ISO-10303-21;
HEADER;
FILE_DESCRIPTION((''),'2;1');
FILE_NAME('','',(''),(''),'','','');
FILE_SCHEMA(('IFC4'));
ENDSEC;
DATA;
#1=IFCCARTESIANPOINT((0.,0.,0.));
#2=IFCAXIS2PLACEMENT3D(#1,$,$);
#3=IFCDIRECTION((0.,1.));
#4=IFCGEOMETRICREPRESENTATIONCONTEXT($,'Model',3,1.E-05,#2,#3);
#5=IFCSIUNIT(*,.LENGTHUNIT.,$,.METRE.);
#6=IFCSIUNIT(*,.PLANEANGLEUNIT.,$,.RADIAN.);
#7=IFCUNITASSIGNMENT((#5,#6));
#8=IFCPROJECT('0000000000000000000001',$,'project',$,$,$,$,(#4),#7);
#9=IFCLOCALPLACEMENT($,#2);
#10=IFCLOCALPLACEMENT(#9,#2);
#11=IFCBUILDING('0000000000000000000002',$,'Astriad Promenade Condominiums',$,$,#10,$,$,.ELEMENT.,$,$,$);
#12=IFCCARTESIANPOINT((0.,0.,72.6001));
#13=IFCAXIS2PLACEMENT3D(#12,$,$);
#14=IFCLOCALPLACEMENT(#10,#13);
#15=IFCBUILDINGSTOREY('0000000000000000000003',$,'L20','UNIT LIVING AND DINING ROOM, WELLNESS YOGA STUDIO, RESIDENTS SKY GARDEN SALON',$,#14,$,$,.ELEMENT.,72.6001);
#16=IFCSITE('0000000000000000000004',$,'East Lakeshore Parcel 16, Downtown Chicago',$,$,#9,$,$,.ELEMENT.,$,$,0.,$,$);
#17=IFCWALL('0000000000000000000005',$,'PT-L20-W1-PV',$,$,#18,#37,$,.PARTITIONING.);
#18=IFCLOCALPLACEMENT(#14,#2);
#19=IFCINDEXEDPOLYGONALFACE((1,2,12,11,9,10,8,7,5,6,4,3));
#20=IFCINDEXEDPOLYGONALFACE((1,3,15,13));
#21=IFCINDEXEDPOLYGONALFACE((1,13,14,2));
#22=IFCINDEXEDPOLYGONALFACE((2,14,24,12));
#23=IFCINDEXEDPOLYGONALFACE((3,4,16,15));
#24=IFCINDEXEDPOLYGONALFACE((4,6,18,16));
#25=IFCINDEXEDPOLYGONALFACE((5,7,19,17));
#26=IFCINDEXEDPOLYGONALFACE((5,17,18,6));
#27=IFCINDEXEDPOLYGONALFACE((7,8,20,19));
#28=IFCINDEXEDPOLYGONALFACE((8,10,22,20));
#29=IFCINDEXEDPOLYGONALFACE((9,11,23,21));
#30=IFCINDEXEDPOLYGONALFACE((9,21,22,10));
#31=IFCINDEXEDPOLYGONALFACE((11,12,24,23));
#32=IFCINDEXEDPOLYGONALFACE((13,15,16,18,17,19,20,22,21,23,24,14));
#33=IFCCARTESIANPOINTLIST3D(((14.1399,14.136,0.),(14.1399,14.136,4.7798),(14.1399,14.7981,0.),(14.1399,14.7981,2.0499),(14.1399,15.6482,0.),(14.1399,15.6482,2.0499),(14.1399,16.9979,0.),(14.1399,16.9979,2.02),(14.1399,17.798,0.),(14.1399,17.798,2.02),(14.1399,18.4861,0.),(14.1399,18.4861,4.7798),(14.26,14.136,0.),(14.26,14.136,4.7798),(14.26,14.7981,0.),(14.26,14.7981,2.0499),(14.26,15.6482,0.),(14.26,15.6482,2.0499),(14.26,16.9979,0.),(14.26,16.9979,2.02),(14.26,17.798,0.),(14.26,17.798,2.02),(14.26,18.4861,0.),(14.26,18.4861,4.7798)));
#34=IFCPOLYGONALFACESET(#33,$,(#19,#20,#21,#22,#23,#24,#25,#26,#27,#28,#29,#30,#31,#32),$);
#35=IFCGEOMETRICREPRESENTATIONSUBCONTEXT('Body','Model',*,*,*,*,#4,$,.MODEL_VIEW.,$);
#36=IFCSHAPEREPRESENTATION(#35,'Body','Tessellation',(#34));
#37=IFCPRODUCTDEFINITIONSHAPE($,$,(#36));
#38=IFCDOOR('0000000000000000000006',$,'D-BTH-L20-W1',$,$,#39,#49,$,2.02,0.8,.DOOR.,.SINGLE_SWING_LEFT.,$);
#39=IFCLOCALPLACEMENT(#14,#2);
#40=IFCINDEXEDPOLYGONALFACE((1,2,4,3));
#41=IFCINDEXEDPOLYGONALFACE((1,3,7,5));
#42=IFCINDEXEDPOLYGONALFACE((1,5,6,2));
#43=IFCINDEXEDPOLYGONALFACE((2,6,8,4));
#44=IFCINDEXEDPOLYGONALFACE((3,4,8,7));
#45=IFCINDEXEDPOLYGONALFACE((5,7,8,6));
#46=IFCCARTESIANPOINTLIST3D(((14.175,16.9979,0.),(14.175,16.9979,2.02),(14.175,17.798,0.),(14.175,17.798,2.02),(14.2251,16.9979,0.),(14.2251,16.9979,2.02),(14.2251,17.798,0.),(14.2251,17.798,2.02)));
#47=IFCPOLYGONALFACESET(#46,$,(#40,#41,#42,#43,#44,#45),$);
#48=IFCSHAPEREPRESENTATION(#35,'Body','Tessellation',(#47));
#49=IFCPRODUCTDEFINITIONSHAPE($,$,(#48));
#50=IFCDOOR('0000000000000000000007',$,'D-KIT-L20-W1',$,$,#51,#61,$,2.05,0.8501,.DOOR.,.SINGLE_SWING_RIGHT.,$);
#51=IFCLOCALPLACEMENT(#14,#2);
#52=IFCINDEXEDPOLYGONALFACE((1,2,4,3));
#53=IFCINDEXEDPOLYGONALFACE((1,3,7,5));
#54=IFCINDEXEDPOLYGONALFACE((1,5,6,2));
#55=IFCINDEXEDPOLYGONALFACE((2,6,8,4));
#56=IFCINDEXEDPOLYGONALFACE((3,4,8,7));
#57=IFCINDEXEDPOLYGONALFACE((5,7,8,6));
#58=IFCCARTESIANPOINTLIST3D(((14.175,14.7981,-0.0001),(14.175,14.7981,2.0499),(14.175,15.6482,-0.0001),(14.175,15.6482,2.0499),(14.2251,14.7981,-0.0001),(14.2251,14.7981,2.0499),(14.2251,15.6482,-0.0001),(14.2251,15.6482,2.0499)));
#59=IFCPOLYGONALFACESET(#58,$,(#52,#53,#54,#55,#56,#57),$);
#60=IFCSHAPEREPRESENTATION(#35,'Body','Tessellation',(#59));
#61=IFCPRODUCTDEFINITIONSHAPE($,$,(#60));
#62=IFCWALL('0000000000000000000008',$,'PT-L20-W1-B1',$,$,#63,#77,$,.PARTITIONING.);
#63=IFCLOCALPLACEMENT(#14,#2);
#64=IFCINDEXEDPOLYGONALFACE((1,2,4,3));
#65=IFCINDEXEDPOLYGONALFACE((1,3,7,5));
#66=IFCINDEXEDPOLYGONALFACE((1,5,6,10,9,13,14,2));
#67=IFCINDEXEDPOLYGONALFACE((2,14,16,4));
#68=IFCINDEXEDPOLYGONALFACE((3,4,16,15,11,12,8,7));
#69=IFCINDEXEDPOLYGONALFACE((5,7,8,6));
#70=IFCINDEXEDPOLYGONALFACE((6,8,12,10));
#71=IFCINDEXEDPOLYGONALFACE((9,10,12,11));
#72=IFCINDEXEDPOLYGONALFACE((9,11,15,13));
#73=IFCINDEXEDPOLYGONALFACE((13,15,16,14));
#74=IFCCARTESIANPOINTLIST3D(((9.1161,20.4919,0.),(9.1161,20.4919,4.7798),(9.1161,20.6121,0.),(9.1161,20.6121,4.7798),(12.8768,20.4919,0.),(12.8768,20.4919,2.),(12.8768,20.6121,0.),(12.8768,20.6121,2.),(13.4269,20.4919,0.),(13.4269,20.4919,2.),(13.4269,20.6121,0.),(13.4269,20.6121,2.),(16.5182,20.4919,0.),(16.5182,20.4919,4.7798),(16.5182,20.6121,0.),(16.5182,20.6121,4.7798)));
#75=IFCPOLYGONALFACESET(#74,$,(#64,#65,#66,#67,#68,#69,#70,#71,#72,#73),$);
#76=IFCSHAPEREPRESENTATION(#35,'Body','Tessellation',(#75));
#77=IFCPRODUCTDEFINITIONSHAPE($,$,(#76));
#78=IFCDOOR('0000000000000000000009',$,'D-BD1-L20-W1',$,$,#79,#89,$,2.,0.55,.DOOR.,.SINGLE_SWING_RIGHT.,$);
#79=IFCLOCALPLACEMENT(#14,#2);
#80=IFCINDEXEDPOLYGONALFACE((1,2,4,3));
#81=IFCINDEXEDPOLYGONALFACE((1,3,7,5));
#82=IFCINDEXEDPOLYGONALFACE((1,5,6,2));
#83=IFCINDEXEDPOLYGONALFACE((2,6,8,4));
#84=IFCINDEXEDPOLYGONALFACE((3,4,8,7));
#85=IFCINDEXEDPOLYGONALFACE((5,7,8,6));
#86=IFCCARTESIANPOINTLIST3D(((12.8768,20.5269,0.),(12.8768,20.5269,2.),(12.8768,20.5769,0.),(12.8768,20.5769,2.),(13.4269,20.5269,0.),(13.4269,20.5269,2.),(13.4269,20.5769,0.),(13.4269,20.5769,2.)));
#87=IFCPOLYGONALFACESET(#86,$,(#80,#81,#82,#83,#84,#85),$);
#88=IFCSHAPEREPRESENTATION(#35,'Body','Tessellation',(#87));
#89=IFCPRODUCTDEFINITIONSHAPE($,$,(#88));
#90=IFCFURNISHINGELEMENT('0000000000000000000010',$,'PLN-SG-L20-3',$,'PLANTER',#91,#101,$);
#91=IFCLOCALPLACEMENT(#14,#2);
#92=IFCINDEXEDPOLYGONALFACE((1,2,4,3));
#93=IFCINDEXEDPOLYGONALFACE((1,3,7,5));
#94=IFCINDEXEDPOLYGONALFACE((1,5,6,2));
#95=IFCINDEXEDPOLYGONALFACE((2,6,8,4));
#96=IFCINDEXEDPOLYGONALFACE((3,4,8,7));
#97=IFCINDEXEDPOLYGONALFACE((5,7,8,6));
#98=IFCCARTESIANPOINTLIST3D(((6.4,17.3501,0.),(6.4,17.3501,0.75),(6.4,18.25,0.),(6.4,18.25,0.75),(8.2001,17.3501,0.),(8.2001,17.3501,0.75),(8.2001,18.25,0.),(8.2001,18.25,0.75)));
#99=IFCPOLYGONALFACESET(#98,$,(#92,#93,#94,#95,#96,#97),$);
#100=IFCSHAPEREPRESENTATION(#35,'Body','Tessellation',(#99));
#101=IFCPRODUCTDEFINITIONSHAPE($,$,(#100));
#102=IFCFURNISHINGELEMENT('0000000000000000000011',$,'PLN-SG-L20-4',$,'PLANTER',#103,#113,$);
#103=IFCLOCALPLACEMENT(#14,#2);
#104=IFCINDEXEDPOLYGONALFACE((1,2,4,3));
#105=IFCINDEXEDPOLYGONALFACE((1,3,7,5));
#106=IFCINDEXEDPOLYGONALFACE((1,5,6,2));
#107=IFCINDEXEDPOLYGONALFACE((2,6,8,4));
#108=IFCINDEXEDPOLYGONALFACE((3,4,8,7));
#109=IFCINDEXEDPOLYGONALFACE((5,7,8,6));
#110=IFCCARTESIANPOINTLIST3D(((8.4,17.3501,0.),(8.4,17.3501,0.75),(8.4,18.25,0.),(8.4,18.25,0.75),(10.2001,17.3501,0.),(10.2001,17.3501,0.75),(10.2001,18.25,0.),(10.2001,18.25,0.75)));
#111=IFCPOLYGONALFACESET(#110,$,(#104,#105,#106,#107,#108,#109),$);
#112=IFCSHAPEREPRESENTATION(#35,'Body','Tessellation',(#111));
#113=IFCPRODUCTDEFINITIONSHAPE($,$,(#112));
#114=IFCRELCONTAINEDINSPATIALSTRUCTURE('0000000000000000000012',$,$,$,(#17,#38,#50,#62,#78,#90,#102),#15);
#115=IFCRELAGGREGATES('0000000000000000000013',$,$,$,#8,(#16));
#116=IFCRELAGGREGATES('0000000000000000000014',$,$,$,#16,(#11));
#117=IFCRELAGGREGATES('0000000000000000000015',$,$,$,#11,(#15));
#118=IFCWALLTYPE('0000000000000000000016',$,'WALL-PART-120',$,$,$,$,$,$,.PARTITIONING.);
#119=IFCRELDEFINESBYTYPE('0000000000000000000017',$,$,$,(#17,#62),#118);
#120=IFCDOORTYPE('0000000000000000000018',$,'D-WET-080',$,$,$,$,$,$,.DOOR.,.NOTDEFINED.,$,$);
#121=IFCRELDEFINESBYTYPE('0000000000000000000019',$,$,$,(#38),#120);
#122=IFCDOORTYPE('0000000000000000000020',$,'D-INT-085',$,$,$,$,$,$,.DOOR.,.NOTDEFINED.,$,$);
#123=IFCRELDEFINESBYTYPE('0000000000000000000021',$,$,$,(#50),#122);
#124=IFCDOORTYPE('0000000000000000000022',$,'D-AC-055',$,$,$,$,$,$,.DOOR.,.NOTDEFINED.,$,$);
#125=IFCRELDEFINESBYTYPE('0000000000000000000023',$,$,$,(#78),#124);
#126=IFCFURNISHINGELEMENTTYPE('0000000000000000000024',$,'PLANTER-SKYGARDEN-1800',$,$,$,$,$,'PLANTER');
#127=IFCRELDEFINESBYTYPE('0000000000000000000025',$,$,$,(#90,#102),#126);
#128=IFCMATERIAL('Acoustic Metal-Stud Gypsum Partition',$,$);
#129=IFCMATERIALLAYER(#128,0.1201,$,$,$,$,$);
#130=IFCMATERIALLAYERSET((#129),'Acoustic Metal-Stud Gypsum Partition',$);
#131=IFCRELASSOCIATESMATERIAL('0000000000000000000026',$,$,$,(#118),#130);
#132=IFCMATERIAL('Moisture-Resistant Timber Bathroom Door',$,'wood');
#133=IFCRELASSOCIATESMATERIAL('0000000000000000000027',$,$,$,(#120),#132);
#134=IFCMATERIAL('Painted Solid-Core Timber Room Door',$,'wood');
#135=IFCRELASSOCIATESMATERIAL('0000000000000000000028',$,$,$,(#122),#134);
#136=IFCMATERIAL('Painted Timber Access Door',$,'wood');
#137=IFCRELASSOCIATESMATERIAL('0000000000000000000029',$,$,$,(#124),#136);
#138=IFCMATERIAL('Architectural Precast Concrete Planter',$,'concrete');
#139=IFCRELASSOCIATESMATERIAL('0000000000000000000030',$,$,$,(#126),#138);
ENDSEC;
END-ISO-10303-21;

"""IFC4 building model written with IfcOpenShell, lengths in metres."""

from ifc_helpers import new_model, si_unit, direction, frame, frame_2d, origin, origin_2d, place, context, subcontext, project, spatial, rectangle, extrude, source, transform, mapped, material, layer, layer_set, type_object, type_shapes, element, fill, save


model = new_model("IFC4")

# Units and contexts
model_context = context("Model", 3, precision=1e-05, world=origin(), true_north=direction((0.0, 1.0)))
body_context = subcontext(model_context, "Body", "Model", "MODEL_VIEW")
ifc_project = project(units=[si_unit("LENGTHUNIT", "METRE"), si_unit("PLANEANGLEUNIT", "RADIAN")], contexts=[model_context])

# Site, building, storey
site_placement = place(None, origin())
site = spatial("IfcSite", under=ifc_project, at=site_placement, Name="East Lakeshore Parcel 16, Downtown Chicago", CompositionType="ELEMENT", RefElevation=0.0)
building_placement = place(site_placement, origin())
building = spatial("IfcBuilding", under=site, at=building_placement, Name="Astriad Promenade Condominiums", CompositionType="ELEMENT")
storey_placement = place(building_placement, frame((0.0, 0.0, 72.6001)))
storey = spatial("IfcBuildingStorey", under=building, at=storey_placement, Name="L20", Description="UNIT LIVING AND DINING ROOM, WELLNESS YOGA STUDIO, RESIDENTS SKY GARDEN SALON", CompositionType="ELEMENT", Elevation=72.6001)

# Wall, openings, doors
ifc_material_1 = material(Name="Acoustic Metal-Stud Gypsum Partition")
ifc_layer_1 = layer(ifc_material_1, 0.1201)
ifc_layer_set_1 = layer_set([ifc_layer_1], Name="Acoustic Metal-Stud Gypsum Partition")
wall_type_1 = type_object("IfcWallType", Name="WALL-PART-120", PredefinedType="PARTITIONING", material=ifc_layer_set_1)
wall_1_placement = place(storey_placement, frame((14.2, 14.136, 0.0), z_axis=(0.0, 0.0, 1.0), x_axis=(0.0, 1.0, 0.0)))
wall_1 = element("IfcWall", 1, at=wall_1_placement, inside=storey, type_object=wall_type_1, Name="PT-L20-W1-PV", PredefinedType="PARTITIONING", context=body_context, shape_type="SweptSolid", body=[
    extrude(rectangle(XDim=4.3501, YDim=0.1201, at=frame_2d((2.175, 0.0))), origin(), (0.0, 0.0, 1.0), 4.7798),
])
opening_1_placement = place(wall_1_placement, frame((0.6621, 0.0, 0.0)))
opening_1 = element("IfcOpeningElement", 2, at=opening_1_placement, cuts=wall_1, PredefinedType="OPENING", context=body_context, shape_type="SweptSolid", body=[
    extrude(rectangle(XDim=0.8501, YDim=2.05, at=frame_2d((0.425, 1.0249))), frame((0.0, 0.0701, 0.0), z_axis=(0.0, -1.0, 0.0), x_axis=(1.0, 0.0, 0.0)), (0.0, 0.0, 1.0), 0.1401),
])
opening_2_placement = place(wall_1_placement, frame((2.8621, 0.0, 0.0)))
opening_2 = element("IfcOpeningElement", 3, at=opening_2_placement, cuts=wall_1, PredefinedType="OPENING", context=body_context, shape_type="SweptSolid", body=[
    extrude(rectangle(XDim=0.8, YDim=2.02, at=frame_2d((0.3999, 1.01))), frame((0.0, 0.0701, 0.0), z_axis=(0.0, -1.0, 0.0), x_axis=(1.0, 0.0, 0.0)), (0.0, 0.0, 1.0), 0.1401),
])
ifc_material_2 = material(Name="Moisture-Resistant Timber Bathroom Door", Category="wood")
door_type_1 = type_object("IfcDoorType", Name="D-WET-080", OperationType="NOTDEFINED", PredefinedType="DOOR", material=ifc_material_2)
shared_shape_1 = source(origin(), body_context, "Body", "SweptSolid", [
    extrude(rectangle(XDim=0.8, YDim=2.02, at=frame_2d((0.3999, 1.01))), frame((0.0, 0.0249, 0.0), z_axis=(0.0, -1.0, 0.0), x_axis=(1.0, 0.0, 0.0)), (0.0, 0.0, 1.0), 0.05),
])
type_shapes(door_type_1, [shared_shape_1])
door_1_placement = place(opening_2_placement, origin())
door_1 = element("IfcDoor", 4, at=door_1_placement, inside=storey, type_object=door_type_1, Name="D-BTH-L20-W1", OperationType="SINGLE_SWING_LEFT", OverallHeight=2.02, OverallWidth=0.8, PredefinedType="DOOR", context=body_context, shape_type="MappedRepresentation", body=[
    mapped(shared_shape_1, transform((0.0, 0.0, 0.0), scale=1.0)),
])
fill(opening_2, door_1)
ifc_material_3 = material(Name="Painted Solid-Core Timber Room Door", Category="wood")
door_type_2 = type_object("IfcDoorType", Name="D-INT-085", OperationType="NOTDEFINED", PredefinedType="DOOR", material=ifc_material_3)
shared_shape_2 = source(origin(), body_context, "Body", "SweptSolid", [
    extrude(rectangle(XDim=0.8501, YDim=2.05, at=frame_2d((0.425, 1.0249))), frame((0.0, 0.0249, 0.0), z_axis=(0.0, -1.0, 0.0), x_axis=(1.0, 0.0, 0.0)), (0.0, 0.0, 1.0), 0.05),
])
type_shapes(door_type_2, [shared_shape_2])
door_2_placement = place(opening_1_placement, origin())
door_2 = element("IfcDoor", 5, at=door_2_placement, inside=storey, type_object=door_type_2, Name="D-KIT-L20-W1", OperationType="SINGLE_SWING_RIGHT", OverallHeight=2.05, OverallWidth=0.8501, PredefinedType="DOOR", context=body_context, shape_type="MappedRepresentation", body=[
    mapped(shared_shape_2, transform((0.0, 0.0, 0.0), scale=1.0)),
])
fill(opening_1, door_2)

# Wall, opening, door
wall_2_placement = place(storey_placement, frame((9.116, 20.552, 0.0), z_axis=(0.0, 0.0, 1.0), x_axis=(1.0, 0.0, 0.0)))
wall_2 = element("IfcWall", 6, at=wall_2_placement, inside=storey, type_object=wall_type_1, Name="PT-L20-W1-B1", PredefinedType="PARTITIONING", context=body_context, shape_type="SweptSolid", body=[
    extrude(rectangle(XDim=7.4021, YDim=0.1201, at=frame_2d((3.7012, 0.0))), origin(), (0.0, 0.0, 1.0), 4.7798),
])
opening_3_placement = place(wall_2_placement, frame((3.761, 0.0, 0.0)))
opening_3 = element("IfcOpeningElement", 7, at=opening_3_placement, cuts=wall_2, PredefinedType="OPENING", context=body_context, shape_type="SweptSolid", body=[
    extrude(rectangle(XDim=0.55, YDim=2.0, at=frame_2d((0.2749, 1.0))), frame((0.0, 0.0701, 0.0), z_axis=(0.0, -1.0, 0.0), x_axis=(1.0, 0.0, 0.0)), (0.0, 0.0, 1.0), 0.1401),
])
ifc_material_4 = material(Name="Painted Timber Access Door", Category="wood")
door_type_3 = type_object("IfcDoorType", Name="D-AC-055", OperationType="NOTDEFINED", PredefinedType="DOOR", material=ifc_material_4)
shared_shape_3 = source(origin(), body_context, "Body", "SweptSolid", [
    extrude(rectangle(XDim=0.55, YDim=2.0, at=frame_2d((0.2749, 1.0))), frame((0.0, 0.0249, 0.0), z_axis=(0.0, -1.0, 0.0), x_axis=(1.0, 0.0, 0.0)), (0.0, 0.0, 1.0), 0.05),
])
type_shapes(door_type_3, [shared_shape_3])
door_3_placement = place(opening_3_placement, origin())
door_3 = element("IfcDoor", 8, at=door_3_placement, inside=storey, type_object=door_type_3, Name="D-BD1-L20-W1", OperationType="SINGLE_SWING_RIGHT", OverallHeight=2.0, OverallWidth=0.55, PredefinedType="DOOR", context=body_context, shape_type="MappedRepresentation", body=[
    mapped(shared_shape_3, transform((0.0, 0.0, 0.0), scale=1.0)),
])
fill(opening_3, door_3)

# Furnishing elements
ifc_material_5 = material(Name="Architectural Precast Concrete Planter", Category="concrete")
furnishing_element_type = type_object("IfcFurnishingElementType", Name="PLANTER-SKYGARDEN-1800", ElementType="PLANTER", material=ifc_material_5)
shared_shape_4 = source(origin(), body_context, "Body", "SweptSolid", [
    extrude(rectangle(XDim=1.8, YDim=0.8999, at=origin_2d()), origin(), (0.0, 0.0, 1.0), 0.75),
])
type_shapes(furnishing_element_type, [shared_shape_4])
for number, where, z_axis, x_axis, name in (
    (9, (7.3, 17.8, 0.0), (0.0, 0.0, 1.0), (1.0, 0.0, 0.0), "PLN-SG-L20-3"),
    (10, (9.3, 17.8, 0.0), (0.0, 0.0, 1.0), (1.0, 0.0, 0.0), "PLN-SG-L20-4"),
):
    element("IfcFurnishingElement", number, at=place(storey_placement, frame(where, z_axis=z_axis, x_axis=x_axis)), inside=storey, type_object=furnishing_element_type, Name=name, ObjectType="PLANTER", context=body_context, shape_type="MappedRepresentation", body=[
        mapped(shared_shape_4, transform((0.0, 0.0, 0.0), scale=1.0)),
    ])

save(model, "model.ifc")
